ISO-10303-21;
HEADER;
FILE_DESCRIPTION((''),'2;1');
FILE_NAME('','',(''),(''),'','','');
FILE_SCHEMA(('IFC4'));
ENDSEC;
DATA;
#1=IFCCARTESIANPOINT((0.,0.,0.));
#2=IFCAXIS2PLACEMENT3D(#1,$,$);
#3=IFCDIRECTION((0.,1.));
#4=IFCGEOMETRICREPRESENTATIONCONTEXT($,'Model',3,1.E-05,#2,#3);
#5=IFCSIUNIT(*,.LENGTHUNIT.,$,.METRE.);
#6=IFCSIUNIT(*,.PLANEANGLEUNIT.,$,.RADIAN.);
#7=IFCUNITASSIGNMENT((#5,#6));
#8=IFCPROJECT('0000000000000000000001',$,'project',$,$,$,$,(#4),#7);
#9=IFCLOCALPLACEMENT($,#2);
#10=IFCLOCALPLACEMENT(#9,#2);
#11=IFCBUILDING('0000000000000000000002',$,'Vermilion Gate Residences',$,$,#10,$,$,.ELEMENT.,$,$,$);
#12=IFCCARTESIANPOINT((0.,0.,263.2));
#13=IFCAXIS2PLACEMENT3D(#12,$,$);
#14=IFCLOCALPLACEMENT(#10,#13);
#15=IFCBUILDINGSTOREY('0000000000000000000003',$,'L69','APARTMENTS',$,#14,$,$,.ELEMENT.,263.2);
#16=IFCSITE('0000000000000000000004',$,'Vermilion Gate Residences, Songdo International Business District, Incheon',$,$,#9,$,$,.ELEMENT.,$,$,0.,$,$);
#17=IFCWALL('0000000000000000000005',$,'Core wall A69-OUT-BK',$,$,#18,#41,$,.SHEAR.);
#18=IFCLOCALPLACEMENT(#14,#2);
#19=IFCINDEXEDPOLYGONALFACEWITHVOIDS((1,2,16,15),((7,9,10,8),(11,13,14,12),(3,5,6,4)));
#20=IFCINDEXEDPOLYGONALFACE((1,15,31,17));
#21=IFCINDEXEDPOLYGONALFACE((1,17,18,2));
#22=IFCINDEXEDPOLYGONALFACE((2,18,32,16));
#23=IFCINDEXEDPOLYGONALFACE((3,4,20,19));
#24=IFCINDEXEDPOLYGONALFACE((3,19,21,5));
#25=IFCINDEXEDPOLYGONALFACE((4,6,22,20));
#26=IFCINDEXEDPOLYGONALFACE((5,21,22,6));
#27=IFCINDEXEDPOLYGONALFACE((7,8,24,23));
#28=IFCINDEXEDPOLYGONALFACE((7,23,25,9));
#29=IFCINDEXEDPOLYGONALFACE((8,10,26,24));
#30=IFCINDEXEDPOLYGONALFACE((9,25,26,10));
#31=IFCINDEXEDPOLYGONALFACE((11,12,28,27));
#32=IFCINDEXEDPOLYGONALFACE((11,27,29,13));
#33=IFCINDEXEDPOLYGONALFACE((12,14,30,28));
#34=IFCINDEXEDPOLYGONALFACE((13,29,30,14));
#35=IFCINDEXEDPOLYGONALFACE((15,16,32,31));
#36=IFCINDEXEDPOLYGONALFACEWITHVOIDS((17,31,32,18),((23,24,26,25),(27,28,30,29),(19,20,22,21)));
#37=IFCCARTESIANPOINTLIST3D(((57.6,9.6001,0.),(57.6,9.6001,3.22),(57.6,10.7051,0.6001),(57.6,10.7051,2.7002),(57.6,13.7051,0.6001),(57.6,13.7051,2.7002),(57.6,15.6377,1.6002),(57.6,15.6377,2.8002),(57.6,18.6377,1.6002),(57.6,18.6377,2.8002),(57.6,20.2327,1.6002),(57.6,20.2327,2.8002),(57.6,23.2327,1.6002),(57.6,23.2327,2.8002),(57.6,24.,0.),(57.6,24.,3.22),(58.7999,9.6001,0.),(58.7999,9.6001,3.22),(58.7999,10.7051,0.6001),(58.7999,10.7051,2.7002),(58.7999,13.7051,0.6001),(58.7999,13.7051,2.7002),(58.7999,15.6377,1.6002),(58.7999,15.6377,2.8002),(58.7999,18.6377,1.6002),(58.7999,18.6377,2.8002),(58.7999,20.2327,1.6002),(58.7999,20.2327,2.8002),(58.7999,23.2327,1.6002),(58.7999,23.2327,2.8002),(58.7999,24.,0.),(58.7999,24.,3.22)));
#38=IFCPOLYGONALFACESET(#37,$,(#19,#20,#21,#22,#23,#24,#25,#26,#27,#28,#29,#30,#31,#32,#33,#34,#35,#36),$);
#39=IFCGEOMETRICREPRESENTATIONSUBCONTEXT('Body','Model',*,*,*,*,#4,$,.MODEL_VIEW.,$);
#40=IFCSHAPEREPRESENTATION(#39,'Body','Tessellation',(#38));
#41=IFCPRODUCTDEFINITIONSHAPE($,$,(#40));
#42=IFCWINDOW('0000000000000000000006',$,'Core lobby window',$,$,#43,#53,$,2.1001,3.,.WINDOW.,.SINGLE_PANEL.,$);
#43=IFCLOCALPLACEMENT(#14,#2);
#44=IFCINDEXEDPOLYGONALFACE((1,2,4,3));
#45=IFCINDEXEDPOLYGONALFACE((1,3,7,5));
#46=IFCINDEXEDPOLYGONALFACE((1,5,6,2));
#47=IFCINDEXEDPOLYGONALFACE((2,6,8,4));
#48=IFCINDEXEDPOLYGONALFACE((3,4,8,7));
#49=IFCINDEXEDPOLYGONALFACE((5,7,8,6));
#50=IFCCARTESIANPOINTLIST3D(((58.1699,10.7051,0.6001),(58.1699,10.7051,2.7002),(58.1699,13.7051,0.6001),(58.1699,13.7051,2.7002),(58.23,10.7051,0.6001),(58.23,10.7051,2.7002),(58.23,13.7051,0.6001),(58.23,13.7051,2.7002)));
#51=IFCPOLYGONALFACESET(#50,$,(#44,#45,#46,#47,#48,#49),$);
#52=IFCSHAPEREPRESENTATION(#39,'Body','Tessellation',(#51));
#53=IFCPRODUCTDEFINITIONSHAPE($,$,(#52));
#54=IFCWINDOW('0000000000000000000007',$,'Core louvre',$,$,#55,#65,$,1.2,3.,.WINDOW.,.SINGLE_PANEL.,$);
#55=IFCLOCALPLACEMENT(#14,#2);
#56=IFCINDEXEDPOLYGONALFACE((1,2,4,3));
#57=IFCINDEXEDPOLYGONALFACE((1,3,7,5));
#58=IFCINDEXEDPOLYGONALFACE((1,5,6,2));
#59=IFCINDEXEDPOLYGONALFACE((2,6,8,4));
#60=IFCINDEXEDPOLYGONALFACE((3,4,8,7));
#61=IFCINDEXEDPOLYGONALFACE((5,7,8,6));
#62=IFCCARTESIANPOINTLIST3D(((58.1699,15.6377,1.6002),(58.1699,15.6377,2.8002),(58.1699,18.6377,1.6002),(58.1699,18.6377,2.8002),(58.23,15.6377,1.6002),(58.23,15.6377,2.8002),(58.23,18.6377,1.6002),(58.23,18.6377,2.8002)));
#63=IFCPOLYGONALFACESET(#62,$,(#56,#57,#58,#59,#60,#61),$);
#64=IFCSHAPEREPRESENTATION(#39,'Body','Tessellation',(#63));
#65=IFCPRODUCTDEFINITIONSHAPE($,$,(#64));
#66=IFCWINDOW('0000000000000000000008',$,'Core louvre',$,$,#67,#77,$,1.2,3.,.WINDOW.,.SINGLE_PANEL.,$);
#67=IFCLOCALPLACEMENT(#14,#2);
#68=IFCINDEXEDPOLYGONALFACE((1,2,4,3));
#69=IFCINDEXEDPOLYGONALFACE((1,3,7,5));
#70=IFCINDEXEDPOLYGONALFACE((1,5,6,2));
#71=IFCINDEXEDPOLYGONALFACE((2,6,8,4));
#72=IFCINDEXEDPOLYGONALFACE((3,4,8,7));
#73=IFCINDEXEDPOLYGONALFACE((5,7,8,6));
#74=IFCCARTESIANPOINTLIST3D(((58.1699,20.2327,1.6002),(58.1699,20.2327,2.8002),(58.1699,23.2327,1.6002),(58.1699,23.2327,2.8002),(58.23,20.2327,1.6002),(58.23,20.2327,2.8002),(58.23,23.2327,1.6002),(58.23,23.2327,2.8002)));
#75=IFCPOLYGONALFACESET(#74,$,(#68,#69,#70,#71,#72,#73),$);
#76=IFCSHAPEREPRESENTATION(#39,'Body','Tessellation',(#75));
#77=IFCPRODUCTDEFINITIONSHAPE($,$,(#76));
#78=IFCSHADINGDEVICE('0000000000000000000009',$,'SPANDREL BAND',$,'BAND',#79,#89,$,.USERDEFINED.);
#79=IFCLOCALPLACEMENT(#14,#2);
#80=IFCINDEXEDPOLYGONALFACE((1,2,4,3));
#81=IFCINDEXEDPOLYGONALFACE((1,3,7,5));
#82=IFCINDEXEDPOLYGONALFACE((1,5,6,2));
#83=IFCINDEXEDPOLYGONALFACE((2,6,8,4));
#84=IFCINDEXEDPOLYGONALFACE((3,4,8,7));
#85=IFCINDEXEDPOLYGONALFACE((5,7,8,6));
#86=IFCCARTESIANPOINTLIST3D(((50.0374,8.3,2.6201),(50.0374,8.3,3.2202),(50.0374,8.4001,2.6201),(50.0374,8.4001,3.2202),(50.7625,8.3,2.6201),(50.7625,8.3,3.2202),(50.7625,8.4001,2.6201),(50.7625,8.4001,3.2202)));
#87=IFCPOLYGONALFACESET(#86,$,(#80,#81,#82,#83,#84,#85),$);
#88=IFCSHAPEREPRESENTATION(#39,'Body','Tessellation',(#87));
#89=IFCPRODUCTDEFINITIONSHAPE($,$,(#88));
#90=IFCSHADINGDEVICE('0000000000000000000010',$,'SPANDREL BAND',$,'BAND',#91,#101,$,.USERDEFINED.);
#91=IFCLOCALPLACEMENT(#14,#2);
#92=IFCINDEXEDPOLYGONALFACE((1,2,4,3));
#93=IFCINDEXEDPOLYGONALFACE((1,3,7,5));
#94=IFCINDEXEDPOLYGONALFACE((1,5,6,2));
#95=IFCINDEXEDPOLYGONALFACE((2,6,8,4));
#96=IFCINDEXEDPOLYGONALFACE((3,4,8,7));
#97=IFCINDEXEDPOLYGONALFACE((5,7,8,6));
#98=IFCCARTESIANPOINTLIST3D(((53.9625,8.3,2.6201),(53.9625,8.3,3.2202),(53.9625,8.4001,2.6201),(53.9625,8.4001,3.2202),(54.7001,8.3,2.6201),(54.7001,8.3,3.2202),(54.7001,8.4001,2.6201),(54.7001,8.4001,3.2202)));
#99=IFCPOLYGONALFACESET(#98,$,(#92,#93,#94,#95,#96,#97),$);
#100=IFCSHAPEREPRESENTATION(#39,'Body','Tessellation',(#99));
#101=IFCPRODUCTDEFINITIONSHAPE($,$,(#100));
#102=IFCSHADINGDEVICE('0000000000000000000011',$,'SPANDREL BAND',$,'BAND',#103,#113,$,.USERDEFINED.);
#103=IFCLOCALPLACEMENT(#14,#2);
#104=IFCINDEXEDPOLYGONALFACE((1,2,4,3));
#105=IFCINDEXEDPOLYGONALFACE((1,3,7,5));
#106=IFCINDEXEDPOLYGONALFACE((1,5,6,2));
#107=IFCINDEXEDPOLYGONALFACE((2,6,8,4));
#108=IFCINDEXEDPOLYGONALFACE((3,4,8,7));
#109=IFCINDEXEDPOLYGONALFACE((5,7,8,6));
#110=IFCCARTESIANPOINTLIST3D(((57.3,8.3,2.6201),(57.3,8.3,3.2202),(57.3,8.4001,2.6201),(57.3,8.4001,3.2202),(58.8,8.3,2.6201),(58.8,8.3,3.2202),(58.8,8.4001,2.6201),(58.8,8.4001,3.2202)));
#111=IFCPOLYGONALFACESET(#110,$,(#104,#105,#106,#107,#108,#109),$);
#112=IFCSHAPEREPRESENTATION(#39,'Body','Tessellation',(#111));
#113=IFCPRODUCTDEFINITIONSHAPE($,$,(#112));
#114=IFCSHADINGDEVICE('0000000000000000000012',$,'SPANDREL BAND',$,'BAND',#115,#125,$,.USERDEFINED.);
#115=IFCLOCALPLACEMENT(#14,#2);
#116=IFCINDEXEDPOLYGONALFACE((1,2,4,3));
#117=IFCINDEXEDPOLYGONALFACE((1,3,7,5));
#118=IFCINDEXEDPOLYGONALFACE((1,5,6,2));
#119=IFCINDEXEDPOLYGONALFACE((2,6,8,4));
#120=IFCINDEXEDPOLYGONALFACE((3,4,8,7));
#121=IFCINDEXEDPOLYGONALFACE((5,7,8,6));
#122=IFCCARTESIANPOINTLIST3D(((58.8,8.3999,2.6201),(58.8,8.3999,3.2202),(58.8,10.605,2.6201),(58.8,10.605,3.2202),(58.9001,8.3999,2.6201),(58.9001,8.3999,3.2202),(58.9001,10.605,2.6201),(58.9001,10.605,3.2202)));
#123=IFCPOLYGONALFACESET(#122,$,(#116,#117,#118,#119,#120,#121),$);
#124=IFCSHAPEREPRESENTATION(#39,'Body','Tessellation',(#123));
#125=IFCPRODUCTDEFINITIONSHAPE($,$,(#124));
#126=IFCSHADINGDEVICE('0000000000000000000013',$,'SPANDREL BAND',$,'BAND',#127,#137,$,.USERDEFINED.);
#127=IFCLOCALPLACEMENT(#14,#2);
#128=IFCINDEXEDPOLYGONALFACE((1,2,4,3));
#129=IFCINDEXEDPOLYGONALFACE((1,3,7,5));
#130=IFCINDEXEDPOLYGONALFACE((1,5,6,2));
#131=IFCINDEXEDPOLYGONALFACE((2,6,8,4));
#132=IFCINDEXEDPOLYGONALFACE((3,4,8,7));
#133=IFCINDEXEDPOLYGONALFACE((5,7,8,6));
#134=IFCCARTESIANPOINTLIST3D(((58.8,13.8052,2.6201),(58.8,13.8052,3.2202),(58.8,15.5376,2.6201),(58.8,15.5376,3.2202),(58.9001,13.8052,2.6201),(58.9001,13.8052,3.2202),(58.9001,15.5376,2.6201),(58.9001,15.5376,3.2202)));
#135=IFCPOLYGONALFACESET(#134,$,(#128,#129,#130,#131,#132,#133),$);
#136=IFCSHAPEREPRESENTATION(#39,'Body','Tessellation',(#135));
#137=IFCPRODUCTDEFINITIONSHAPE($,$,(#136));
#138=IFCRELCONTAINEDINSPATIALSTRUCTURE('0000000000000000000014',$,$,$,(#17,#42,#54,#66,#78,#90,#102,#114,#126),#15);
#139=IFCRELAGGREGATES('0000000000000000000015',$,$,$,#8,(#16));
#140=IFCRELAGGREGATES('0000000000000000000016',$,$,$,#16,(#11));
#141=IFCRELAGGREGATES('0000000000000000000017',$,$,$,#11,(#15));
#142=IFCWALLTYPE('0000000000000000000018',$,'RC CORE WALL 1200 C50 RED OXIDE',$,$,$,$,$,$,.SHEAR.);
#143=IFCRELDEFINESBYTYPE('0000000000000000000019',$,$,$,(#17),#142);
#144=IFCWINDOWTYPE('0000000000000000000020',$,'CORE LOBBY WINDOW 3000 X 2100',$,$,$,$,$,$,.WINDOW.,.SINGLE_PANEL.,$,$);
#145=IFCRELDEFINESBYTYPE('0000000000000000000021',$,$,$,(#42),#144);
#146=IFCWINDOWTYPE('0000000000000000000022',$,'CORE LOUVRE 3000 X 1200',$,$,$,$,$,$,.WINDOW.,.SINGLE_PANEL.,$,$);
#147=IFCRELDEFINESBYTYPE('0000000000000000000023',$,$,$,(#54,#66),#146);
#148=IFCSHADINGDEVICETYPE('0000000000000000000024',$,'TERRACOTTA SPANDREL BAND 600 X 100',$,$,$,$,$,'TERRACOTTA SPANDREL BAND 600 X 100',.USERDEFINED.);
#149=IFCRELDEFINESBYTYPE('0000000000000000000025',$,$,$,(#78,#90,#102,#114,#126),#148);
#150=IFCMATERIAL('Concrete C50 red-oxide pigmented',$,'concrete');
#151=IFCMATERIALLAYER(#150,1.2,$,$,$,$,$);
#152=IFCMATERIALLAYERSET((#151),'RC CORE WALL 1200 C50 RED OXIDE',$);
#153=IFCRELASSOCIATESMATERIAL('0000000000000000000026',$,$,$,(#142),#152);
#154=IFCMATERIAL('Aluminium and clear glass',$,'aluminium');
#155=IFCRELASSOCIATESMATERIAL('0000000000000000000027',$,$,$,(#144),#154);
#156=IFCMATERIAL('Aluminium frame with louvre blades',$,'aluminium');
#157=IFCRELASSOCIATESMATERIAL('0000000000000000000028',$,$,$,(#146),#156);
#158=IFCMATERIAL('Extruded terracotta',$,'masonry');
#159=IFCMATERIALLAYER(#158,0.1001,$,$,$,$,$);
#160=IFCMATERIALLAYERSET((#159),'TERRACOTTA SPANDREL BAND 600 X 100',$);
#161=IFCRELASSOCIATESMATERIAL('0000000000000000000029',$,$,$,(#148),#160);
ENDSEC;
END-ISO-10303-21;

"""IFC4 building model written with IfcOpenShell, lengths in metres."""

from ifc_helpers import new_model, si_unit, direction, frame, frame_2d, origin, origin_2d, place, context, subcontext, project, spatial, rectangle, extrude, material, layer, layer_set, type_object, element, fill, save


model = new_model("IFC4")

# Units and contexts
model_context = context("Model", 3, precision=1e-05, world=origin(), true_north=direction((0.0, 1.0)))
body_context = subcontext(model_context, "Body", "Model", "MODEL_VIEW")
ifc_project = project(units=[si_unit("LENGTHUNIT", "METRE"), si_unit("PLANEANGLEUNIT", "RADIAN")], contexts=[model_context])

# Site, building, storey
site_placement = place(None, origin())
site = spatial("IfcSite", under=ifc_project, at=site_placement, Name="Vermilion Gate Residences, Songdo International Business District, Incheon", CompositionType="ELEMENT", RefElevation=0.0)
building_placement = place(site_placement, origin())
building = spatial("IfcBuilding", under=site, at=building_placement, Name="Vermilion Gate Residences", CompositionType="ELEMENT")
storey_placement = place(building_placement, frame((0.0, 0.0, 263.2)))
storey = spatial("IfcBuildingStorey", under=building, at=storey_placement, Name="L69", Description="APARTMENTS", CompositionType="ELEMENT", Elevation=263.2)

# Wall, openings, windows
ifc_material_1 = material(Name="Concrete C50 red-oxide pigmented", Category="concrete")
ifc_layer_1 = layer(ifc_material_1, 1.2)
ifc_layer_set_1 = layer_set([ifc_layer_1], Name="RC CORE WALL 1200 C50 RED OXIDE")
wall_type_1 = type_object("IfcWallType", Name="RC CORE WALL 1200 C50 RED OXIDE", PredefinedType="SHEAR", material=ifc_layer_set_1)
wall_1_placement = place(storey_placement, frame((58.2, 9.6001, 0.0), z_axis=(0.0, 0.0, 1.0), x_axis=(0.0, 1.0, 0.0)))
wall_1 = element("IfcWall", 1, at=wall_1_placement, inside=storey, type_object=wall_type_1, Name="Core wall A69-OUT-BK", PredefinedType="SHEAR", context=body_context, shape_type="SweptSolid", body=[
    extrude(rectangle(XDim=14.3999, YDim=1.2, at=frame_2d((7.2, 0.0))), origin(), (0.0, 0.0, 1.0), 3.22),
])
opening_1_placement = place(wall_1_placement, frame((1.105, 0.0, 0.6001)))
opening_1 = element("IfcOpeningElement", 2, at=opening_1_placement, cuts=wall_1, PredefinedType="OPENING", context=body_context, shape_type="SweptSolid", body=[
    extrude(rectangle(XDim=3.0, YDim=2.1001, at=frame_2d((1.5, 1.05))), frame((0.0, 0.6099, 0.0), z_axis=(0.0, -1.0, 0.0), x_axis=(1.0, 0.0, 0.0)), (0.0, 0.0, 1.0), 1.22),
])
opening_2_placement = place(wall_1_placement, frame((6.0376, 0.0, 1.6001)))
opening_2 = element("IfcOpeningElement", 3, at=opening_2_placement, cuts=wall_1, PredefinedType="OPENING", context=body_context, shape_type="SweptSolid", body=[
    extrude(rectangle(XDim=3.0, YDim=1.2, at=frame_2d((1.5, 0.6001))), frame((0.0, 0.6099, 0.0), z_axis=(0.0, -1.0, 0.0), x_axis=(1.0, 0.0, 0.0)), (0.0, 0.0, 1.0), 1.22),
])
opening_3_placement = place(wall_1_placement, frame((10.6326, 0.0, 1.6001)))
opening_3 = element("IfcOpeningElement", 4, at=opening_3_placement, cuts=wall_1, PredefinedType="OPENING", context=body_context, shape_type="SweptSolid", body=[
    extrude(rectangle(XDim=3.0, YDim=1.2, at=frame_2d((1.5, 0.6001))), frame((0.0, 0.6099, 0.0), z_axis=(0.0, -1.0, 0.0), x_axis=(1.0, 0.0, 0.0)), (0.0, 0.0, 1.0), 1.22),
])
ifc_material_2 = material(Name="Aluminium and clear glass", Category="aluminium")
window_type_1 = type_object("IfcWindowType", Name="CORE LOBBY WINDOW 3000 X 2100", PartitioningType="SINGLE_PANEL", PredefinedType="WINDOW", material=ifc_material_2)
window_1_placement = place(opening_1_placement, origin())
window_1 = element("IfcWindow", 5, at=window_1_placement, inside=storey, type_object=window_type_1, Name="Core lobby window", OverallHeight=2.1001, OverallWidth=3.0, PartitioningType="SINGLE_PANEL", PredefinedType="WINDOW", context=body_context, shape_type="SweptSolid", body=[
    extrude(rectangle(XDim=3.0, YDim=2.1001, at=frame_2d((1.5, 1.05))), frame((0.0, 0.03, 0.0), z_axis=(0.0, -1.0, 0.0), x_axis=(1.0, 0.0, 0.0)), (0.0, 0.0, 1.0), 0.0601),
])
fill(opening_1, window_1)
ifc_material_3 = material(Name="Aluminium frame with louvre blades", Category="aluminium")
window_type_2 = type_object("IfcWindowType", Name="CORE LOUVRE 3000 X 1200", PartitioningType="SINGLE_PANEL", PredefinedType="WINDOW", material=ifc_material_3)
window_2_placement = place(opening_2_placement, origin())
window_2 = element("IfcWindow", 6, at=window_2_placement, inside=storey, type_object=window_type_2, Name="Core louvre", OverallHeight=1.2, OverallWidth=3.0, PartitioningType="SINGLE_PANEL", PredefinedType="WINDOW", context=body_context, shape_type="SweptSolid", body=[
    extrude(rectangle(XDim=3.0, YDim=1.2, at=frame_2d((1.5, 0.6001))), frame((0.0, 0.03, 0.0), z_axis=(0.0, -1.0, 0.0), x_axis=(1.0, 0.0, 0.0)), (0.0, 0.0, 1.0), 0.0601),
])
fill(opening_2, window_2)
window_3_placement = place(opening_3_placement, origin())
window_3 = element("IfcWindow", 7, at=window_3_placement, inside=storey, type_object=window_type_2, Name="Core louvre", OverallHeight=1.2, OverallWidth=3.0, PartitioningType="SINGLE_PANEL", PredefinedType="WINDOW", context=body_context, shape_type="SweptSolid", body=[
    extrude(rectangle(XDim=3.0, YDim=1.2, at=frame_2d((1.5, 0.6001))), frame((0.0, 0.03, 0.0), z_axis=(0.0, -1.0, 0.0), x_axis=(1.0, 0.0, 0.0)), (0.0, 0.0, 1.0), 0.0601),
])
fill(opening_3, window_3)

# Shading devices
ifc_material_4 = material(Name="Extruded terracotta", Category="masonry")
ifc_layer_2 = layer(ifc_material_4, 0.1001)
ifc_layer_set_2 = layer_set([ifc_layer_2], Name="TERRACOTTA SPANDREL BAND 600 X 100")
shading_device_type = type_object("IfcShadingDeviceType", Name="TERRACOTTA SPANDREL BAND 600 X 100", ElementType="TERRACOTTA SPANDREL BAND 600 X 100", PredefinedType="USERDEFINED", material=ifc_layer_set_2)
shading_device_1_placement = place(storey_placement, frame((50.3999, 8.3501, 2.6201), z_axis=(0.0, 0.0, 1.0), x_axis=(1.0, 0.0, 0.0)))
element("IfcShadingDevice", 8, at=shading_device_1_placement, inside=storey, type_object=shading_device_type, Name="SPANDREL BAND", ObjectType="BAND", PredefinedType="USERDEFINED", context=body_context, shape_type="SweptSolid", body=[
    extrude(rectangle(XDim=0.7251, YDim=0.1001, at=origin_2d()), origin(), (0.0, 0.0, 1.0), 0.6001),
])
shading_device_2_placement = place(storey_placement, frame((54.3313, 8.3501, 2.6201), z_axis=(0.0, 0.0, 1.0), x_axis=(1.0, 0.0, 0.0)))
element("IfcShadingDevice", 9, at=shading_device_2_placement, inside=storey, type_object=shading_device_type, Name="SPANDREL BAND", ObjectType="BAND", PredefinedType="USERDEFINED", context=body_context, shape_type="SweptSolid", body=[
    extrude(rectangle(XDim=0.7375, YDim=0.1001, at=origin_2d()), origin(), (0.0, 0.0, 1.0), 0.6001),
])
shading_device_3_placement = place(storey_placement, frame((58.05, 8.3501, 2.6201), z_axis=(0.0, 0.0, 1.0), x_axis=(1.0, 0.0, 0.0)))
element("IfcShadingDevice", 10, at=shading_device_3_placement, inside=storey, type_object=shading_device_type, Name="SPANDREL BAND", ObjectType="BAND", PredefinedType="USERDEFINED", context=body_context, shape_type="SweptSolid", body=[
    extrude(rectangle(XDim=1.5, YDim=0.1001, at=origin_2d()), origin(), (0.0, 0.0, 1.0), 0.6001),
])
shading_device_4_placement = place(storey_placement, frame((58.8501, 9.5024, 2.6201), z_axis=(0.0, 0.0, 1.0), x_axis=(0.0, 1.0, 0.0)))
element("IfcShadingDevice", 11, at=shading_device_4_placement, inside=storey, type_object=shading_device_type, Name="SPANDREL BAND", ObjectType="BAND", PredefinedType="USERDEFINED", context=body_context, shape_type="SweptSolid", body=[
    extrude(rectangle(XDim=2.2051, YDim=0.1001, at=origin_2d()), origin(), (0.0, 0.0, 1.0), 0.6001),
])
shading_device_5_placement = place(storey_placement, frame((58.8501, 14.6714, 2.6201), z_axis=(0.0, 0.0, 1.0), x_axis=(0.0, 1.0, 0.0)))
element("IfcShadingDevice", 12, at=shading_device_5_placement, inside=storey, type_object=shading_device_type, Name="SPANDREL BAND", ObjectType="BAND", PredefinedType="USERDEFINED", context=body_context, shape_type="SweptSolid", body=[
    extrude(rectangle(XDim=1.7324, YDim=0.1001, at=origin_2d()), origin(), (0.0, 0.0, 1.0), 0.6001),
])

save(model, "model.ifc")
